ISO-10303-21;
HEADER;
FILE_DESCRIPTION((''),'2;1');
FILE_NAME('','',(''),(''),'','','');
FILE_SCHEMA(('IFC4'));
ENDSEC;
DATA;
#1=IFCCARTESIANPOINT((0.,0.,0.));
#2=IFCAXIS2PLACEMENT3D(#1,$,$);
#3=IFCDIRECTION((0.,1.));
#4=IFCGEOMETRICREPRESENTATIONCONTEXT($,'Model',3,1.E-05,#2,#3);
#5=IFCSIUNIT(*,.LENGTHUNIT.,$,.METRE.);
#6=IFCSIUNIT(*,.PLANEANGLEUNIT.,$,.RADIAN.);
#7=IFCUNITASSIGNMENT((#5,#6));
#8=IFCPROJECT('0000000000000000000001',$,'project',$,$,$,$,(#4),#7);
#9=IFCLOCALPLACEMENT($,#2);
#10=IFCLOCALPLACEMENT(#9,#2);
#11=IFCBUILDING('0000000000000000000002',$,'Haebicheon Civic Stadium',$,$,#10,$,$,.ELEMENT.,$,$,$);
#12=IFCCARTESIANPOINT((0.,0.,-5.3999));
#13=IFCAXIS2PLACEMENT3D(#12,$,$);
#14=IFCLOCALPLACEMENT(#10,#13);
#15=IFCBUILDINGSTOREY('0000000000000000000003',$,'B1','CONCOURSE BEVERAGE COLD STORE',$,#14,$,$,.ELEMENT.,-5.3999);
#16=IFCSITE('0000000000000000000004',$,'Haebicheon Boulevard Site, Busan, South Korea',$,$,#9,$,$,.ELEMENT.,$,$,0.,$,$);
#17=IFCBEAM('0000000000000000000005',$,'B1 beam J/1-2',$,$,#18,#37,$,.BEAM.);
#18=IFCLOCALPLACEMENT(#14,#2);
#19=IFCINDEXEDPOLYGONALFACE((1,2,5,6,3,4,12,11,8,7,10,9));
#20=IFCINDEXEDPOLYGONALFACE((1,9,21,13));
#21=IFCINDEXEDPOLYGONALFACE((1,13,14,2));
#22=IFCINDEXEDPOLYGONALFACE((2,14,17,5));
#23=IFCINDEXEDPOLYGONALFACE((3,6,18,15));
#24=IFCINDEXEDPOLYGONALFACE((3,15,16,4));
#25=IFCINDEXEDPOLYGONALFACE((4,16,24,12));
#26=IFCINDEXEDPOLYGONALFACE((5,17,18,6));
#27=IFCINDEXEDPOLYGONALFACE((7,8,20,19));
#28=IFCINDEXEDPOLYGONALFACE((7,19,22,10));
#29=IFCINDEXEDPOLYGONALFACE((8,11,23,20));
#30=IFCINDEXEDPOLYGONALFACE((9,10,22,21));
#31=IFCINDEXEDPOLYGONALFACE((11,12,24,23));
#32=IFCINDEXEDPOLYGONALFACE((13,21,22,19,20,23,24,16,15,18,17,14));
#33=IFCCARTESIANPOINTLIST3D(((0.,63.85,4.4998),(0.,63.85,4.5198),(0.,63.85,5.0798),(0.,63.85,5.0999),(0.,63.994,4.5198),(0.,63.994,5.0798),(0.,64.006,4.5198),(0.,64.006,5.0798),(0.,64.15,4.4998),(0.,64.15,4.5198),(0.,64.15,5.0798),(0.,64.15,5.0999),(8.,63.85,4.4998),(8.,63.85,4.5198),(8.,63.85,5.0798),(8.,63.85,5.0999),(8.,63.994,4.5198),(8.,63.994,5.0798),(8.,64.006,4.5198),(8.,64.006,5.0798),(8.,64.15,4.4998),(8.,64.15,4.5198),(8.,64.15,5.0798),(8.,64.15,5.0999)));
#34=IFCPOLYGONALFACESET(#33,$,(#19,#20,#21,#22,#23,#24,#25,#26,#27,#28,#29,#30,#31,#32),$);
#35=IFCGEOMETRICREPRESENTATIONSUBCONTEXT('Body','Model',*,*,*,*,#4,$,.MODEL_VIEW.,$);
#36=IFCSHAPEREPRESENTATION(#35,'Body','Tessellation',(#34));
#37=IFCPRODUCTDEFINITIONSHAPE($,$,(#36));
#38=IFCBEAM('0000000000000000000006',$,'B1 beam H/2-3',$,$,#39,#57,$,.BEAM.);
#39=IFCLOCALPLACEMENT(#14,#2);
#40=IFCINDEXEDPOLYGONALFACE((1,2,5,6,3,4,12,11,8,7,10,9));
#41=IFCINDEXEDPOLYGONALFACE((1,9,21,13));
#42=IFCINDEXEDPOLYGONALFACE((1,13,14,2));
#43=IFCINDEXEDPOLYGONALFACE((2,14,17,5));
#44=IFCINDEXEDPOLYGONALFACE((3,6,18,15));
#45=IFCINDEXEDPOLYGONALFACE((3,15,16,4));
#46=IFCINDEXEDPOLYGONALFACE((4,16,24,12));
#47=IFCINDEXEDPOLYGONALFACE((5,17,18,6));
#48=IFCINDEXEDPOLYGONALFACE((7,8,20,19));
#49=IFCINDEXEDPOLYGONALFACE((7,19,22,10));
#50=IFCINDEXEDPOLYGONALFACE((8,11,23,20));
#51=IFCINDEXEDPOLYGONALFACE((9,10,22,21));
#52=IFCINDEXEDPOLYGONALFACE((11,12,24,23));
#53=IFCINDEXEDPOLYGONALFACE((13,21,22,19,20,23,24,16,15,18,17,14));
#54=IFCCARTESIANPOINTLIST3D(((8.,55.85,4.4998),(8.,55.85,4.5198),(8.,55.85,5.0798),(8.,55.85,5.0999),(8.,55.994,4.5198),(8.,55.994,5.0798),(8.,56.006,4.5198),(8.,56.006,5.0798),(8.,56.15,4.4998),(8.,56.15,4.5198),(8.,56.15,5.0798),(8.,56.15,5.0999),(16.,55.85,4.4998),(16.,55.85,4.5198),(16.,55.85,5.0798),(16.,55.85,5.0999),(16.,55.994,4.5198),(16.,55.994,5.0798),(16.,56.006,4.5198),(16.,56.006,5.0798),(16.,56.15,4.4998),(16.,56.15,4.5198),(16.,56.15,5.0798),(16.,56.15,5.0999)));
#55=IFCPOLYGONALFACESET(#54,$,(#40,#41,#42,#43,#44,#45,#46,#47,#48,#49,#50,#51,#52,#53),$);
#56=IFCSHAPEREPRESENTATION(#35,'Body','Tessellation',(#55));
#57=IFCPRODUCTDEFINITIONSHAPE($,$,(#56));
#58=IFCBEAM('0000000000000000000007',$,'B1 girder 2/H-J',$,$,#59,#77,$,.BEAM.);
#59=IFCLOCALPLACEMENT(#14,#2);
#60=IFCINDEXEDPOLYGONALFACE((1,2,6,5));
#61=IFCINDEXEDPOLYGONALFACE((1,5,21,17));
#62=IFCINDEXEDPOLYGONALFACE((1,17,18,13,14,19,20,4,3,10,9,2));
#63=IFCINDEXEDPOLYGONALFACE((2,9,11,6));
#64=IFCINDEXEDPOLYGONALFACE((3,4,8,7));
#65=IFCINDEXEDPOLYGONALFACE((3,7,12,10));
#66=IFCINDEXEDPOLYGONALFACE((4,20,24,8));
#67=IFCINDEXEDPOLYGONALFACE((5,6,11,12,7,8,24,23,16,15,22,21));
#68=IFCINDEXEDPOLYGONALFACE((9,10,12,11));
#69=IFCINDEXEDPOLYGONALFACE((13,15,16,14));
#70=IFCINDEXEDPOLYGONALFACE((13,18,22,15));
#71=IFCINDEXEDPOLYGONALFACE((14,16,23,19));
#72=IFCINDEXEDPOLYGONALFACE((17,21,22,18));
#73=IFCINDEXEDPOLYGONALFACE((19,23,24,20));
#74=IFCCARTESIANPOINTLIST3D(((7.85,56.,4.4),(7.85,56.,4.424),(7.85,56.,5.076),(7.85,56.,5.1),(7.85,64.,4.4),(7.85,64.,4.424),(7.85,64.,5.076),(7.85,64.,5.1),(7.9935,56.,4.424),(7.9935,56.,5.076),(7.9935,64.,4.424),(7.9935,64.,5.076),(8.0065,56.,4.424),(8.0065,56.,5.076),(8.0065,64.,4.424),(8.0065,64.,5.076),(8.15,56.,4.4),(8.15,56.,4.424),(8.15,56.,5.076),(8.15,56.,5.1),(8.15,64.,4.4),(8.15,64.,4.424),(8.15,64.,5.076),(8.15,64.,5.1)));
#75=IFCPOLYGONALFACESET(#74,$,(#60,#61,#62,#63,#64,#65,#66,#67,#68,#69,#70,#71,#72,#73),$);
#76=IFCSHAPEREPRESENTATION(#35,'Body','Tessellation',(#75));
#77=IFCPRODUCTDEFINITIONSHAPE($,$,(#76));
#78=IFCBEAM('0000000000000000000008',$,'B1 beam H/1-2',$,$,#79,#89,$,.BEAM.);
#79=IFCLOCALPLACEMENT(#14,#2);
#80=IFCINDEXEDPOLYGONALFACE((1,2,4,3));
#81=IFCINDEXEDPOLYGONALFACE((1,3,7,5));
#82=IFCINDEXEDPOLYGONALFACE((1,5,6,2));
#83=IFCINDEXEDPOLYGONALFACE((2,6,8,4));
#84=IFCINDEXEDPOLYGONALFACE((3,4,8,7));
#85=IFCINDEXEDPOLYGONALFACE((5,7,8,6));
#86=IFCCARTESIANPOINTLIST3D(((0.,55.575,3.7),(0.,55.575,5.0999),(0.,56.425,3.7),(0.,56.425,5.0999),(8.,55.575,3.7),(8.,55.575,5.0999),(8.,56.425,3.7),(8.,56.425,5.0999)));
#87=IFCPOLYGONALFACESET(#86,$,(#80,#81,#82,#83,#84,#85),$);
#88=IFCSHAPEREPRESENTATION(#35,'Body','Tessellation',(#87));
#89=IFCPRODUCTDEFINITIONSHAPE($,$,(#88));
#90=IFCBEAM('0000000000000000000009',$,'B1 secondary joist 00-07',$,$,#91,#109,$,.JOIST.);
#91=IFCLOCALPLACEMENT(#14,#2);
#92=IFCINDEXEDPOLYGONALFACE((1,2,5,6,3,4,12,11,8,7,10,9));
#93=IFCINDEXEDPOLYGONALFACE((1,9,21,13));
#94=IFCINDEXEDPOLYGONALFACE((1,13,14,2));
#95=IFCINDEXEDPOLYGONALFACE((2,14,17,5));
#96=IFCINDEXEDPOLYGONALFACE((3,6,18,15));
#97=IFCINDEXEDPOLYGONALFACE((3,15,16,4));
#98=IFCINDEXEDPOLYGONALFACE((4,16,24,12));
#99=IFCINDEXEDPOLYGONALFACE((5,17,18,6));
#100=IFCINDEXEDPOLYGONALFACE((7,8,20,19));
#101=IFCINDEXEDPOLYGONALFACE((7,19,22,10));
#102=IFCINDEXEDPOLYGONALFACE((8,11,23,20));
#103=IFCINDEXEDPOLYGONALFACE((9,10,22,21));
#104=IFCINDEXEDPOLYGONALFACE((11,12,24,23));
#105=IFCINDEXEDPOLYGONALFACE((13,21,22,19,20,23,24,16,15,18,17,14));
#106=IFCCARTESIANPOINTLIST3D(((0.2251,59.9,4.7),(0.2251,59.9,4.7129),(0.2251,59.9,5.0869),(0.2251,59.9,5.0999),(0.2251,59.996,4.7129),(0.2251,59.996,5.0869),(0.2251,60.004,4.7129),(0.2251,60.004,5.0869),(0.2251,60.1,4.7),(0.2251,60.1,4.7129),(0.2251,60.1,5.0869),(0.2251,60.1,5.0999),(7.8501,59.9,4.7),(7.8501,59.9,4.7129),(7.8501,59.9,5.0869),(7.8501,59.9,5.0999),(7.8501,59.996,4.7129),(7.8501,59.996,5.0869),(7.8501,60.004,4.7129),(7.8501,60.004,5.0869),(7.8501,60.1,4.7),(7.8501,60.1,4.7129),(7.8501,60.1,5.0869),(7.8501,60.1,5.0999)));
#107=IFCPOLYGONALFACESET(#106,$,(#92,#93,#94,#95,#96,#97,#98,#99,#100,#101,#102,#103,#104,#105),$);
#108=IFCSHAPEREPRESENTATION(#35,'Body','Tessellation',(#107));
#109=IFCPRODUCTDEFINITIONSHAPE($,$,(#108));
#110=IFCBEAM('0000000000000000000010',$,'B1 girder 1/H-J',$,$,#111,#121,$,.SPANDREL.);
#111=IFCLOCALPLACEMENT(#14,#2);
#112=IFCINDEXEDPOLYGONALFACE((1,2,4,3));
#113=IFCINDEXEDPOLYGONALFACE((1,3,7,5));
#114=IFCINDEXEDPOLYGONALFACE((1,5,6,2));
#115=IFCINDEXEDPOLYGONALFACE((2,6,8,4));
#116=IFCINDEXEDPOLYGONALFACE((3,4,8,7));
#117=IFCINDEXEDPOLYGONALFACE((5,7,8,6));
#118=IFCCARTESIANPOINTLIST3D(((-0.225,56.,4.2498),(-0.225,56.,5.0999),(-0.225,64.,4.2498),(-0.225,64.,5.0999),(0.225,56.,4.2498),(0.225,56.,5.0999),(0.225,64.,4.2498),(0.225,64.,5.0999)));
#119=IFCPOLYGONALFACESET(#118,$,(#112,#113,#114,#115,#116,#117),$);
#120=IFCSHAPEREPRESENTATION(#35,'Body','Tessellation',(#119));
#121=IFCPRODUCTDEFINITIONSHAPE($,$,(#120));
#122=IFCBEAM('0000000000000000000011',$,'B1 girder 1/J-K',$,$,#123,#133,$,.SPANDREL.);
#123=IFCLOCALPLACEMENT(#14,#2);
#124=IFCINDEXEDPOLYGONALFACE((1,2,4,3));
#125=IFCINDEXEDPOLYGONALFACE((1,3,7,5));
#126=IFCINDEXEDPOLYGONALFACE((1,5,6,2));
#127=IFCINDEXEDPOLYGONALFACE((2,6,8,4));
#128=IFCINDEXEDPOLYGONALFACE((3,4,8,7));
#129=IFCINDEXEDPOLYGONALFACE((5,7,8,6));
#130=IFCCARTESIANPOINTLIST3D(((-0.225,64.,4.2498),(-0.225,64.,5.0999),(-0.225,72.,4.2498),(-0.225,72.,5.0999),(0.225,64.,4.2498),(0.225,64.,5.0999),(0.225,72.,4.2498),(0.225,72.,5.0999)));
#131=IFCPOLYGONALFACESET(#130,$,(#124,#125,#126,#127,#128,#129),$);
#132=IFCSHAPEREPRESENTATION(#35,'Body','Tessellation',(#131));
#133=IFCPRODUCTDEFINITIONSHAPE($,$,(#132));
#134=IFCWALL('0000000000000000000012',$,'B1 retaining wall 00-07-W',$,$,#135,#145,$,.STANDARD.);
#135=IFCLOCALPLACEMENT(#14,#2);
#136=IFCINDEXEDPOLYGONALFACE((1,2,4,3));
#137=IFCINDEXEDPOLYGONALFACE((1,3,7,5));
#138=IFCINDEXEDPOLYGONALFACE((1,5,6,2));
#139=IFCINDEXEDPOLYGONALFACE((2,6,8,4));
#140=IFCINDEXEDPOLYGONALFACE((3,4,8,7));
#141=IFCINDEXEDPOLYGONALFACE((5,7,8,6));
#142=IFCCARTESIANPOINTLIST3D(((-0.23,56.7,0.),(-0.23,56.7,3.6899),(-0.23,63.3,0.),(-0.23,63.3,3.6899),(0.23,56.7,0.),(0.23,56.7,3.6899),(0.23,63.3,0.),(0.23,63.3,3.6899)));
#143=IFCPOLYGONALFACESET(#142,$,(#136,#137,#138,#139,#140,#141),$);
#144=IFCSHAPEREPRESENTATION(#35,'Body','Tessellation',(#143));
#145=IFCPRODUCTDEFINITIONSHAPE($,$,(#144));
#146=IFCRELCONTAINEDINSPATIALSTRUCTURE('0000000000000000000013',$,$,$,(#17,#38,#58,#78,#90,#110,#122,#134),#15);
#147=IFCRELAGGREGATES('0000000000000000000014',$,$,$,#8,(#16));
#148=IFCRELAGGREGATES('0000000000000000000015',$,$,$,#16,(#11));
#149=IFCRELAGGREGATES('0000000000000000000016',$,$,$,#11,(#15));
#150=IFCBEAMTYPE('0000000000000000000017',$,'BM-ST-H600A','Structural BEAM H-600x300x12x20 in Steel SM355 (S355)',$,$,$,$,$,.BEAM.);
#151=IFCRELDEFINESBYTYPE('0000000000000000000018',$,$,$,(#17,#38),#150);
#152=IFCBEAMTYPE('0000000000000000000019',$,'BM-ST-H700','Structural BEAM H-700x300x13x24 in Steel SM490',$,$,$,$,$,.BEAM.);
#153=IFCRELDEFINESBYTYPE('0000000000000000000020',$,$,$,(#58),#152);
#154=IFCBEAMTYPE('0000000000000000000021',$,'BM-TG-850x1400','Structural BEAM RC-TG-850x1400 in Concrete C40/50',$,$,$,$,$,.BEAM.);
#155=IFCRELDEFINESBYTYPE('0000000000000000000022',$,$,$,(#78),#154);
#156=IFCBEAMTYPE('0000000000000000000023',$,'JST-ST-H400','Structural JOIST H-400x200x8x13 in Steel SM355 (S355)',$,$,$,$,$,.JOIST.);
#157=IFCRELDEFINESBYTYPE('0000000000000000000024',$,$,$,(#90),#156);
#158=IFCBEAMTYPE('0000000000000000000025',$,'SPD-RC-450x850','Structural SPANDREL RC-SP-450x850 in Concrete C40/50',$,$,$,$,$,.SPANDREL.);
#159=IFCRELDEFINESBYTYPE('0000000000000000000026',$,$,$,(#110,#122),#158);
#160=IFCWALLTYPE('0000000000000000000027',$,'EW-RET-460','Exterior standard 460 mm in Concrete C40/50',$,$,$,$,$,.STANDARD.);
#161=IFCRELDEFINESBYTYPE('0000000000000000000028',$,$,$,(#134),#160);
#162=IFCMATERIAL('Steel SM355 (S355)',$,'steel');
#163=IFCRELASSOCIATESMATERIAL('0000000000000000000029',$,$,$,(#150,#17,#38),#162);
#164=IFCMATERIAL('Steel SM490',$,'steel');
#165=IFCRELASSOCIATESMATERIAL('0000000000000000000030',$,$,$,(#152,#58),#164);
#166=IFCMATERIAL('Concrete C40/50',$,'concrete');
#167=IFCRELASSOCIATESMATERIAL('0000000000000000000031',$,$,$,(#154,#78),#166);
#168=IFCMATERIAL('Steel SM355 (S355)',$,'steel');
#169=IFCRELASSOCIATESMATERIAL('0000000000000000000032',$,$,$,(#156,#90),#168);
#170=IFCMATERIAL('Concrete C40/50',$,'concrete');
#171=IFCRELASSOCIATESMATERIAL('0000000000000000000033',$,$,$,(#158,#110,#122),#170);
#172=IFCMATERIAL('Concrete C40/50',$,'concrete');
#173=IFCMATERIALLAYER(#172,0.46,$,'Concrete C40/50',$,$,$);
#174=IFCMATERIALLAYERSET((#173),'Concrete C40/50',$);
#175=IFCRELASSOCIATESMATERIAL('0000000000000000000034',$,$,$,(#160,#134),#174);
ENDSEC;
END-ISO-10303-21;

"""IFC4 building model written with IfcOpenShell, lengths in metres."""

from ifc_helpers import new_model, si_unit, direction, frame, frame_2d, origin, origin_2d, place, context, subcontext, project, spatial, rectangle, i_section, extrude, material, layer, layer_set, material_profile, profile_set, type_object, element, save


model = new_model("IFC4")

# Units and contexts
model_context = context("Model", 3, precision=1e-05, world=origin(), true_north=direction((0.0, 1.0)))
body_context = subcontext(model_context, "Body", "Model", "MODEL_VIEW")
ifc_project = project(units=[si_unit("LENGTHUNIT", "METRE"), si_unit("PLANEANGLEUNIT", "RADIAN")], contexts=[model_context])

# Site, building, storey
site_placement = place(None, origin())
site = spatial("IfcSite", under=ifc_project, at=site_placement, Name="Haebicheon Boulevard Site, Busan, South Korea", CompositionType="ELEMENT", RefElevation=0.0)
building_placement = place(site_placement, origin())
building = spatial("IfcBuilding", under=site, at=building_placement, Name="Haebicheon Civic Stadium", CompositionType="ELEMENT")
storey_placement = place(building_placement, frame((0.0, 0.0, -5.3999)))
storey = spatial("IfcBuildingStorey", under=building, at=storey_placement, Name="B1", Description="CONCOURSE BEVERAGE COLD STORE", CompositionType="ELEMENT", Elevation=-5.3999)

# Beams
ifc_material_1 = material(Name="Steel SM355 (S355)", Category="steel")
ifc_material_profile_1 = material_profile(ifc_material_1, i_section(OverallWidth=0.3, OverallDepth=0.6001, WebThickness=0.012, FlangeThickness=0.02, at=origin_2d()), Name="H-600x300x12x20")
ifc_profile_set_1 = profile_set([ifc_material_profile_1], Name="Steel SM355 (S355)")
beam_type_1 = type_object("IfcBeamType", Name="BM-ST-H600A", Description="Structural BEAM H-600x300x12x20 in Steel SM355 (S355)", PredefinedType="BEAM", material=ifc_profile_set_1)
for number, where, z_axis, x_axis, name in (
    (1, (0.0, 64.0, 4.7998), (1.0, 0.0, 0.0), (0.0, 1.0, 0.0), "B1 beam J/1-2"),
    (2, (8.0, 56.0, 4.7998), (1.0, 0.0, 0.0), (0.0, 1.0, 0.0), "B1 beam H/2-3"),
):
    element("IfcBeam", number, at=place(storey_placement, frame(where, z_axis=z_axis, x_axis=x_axis)), inside=storey, type_object=beam_type_1, material=ifc_profile_set_1, Name=name, PredefinedType="BEAM", context=body_context, shape_type="SweptSolid", body=[
        extrude(i_section(OverallWidth=0.3, OverallDepth=0.6001, WebThickness=0.012, FlangeThickness=0.02, at=origin_2d()), origin(), (0.0, 0.0, 1.0), 8.0),
    ])
ifc_material_2 = material(Name="Steel SM490", Category="steel")
ifc_material_profile_2 = material_profile(ifc_material_2, i_section(OverallWidth=0.3, OverallDepth=0.7, WebThickness=0.0129, FlangeThickness=0.0239, at=origin_2d()), Name="H-700x300x13x24")
ifc_profile_set_2 = profile_set([ifc_material_profile_2], Name="Steel SM490")
beam_type_2 = type_object("IfcBeamType", Name="BM-ST-H700", Description="Structural BEAM H-700x300x13x24 in Steel SM490", PredefinedType="BEAM", material=ifc_profile_set_2)
beam_1_placement = place(storey_placement, frame((8.0, 56.0, 4.75), z_axis=(0.0, 1.0, 0.0), x_axis=(-1.0, 0.0, 0.0)))
element("IfcBeam", 3, at=beam_1_placement, inside=storey, type_object=beam_type_2, material=ifc_profile_set_2, Name="B1 girder 2/H-J", PredefinedType="BEAM", context=body_context, shape_type="SweptSolid", body=[
    extrude(i_section(OverallWidth=0.3, OverallDepth=0.7, WebThickness=0.0129, FlangeThickness=0.0239, at=origin_2d()), origin(), (0.0, 0.0, 1.0), 8.0),
])
ifc_material_3 = material(Name="Concrete C40/50", Category="concrete")
ifc_material_profile_3 = material_profile(ifc_material_3, rectangle(XDim=0.8501, YDim=1.3999, at=origin_2d()), Name="RC-TG-850x1400")
ifc_profile_set_3 = profile_set([ifc_material_profile_3], Name="Concrete C40/50")
beam_type_3 = type_object("IfcBeamType", Name="BM-TG-850x1400", Description="Structural BEAM RC-TG-850x1400 in Concrete C40/50", PredefinedType="BEAM", material=ifc_profile_set_3)
beam_2_placement = place(storey_placement, frame((0.0, 56.0, 4.3999), z_axis=(1.0, 0.0, 0.0), x_axis=(0.0, 1.0, 0.0)))
element("IfcBeam", 4, at=beam_2_placement, inside=storey, type_object=beam_type_3, material=ifc_profile_set_3, Name="B1 beam H/1-2", PredefinedType="BEAM", context=body_context, shape_type="SweptSolid", body=[
    extrude(rectangle(XDim=0.8501, YDim=1.3999, at=origin_2d()), origin(), (0.0, 0.0, 1.0), 8.0),
])
ifc_material_4 = material(Name="Steel SM355 (S355)", Category="steel")
ifc_material_profile_4 = material_profile(ifc_material_4, i_section(OverallWidth=0.2, OverallDepth=0.3999, WebThickness=0.0081, FlangeThickness=0.0129, at=origin_2d()), Name="H-400x200x8x13")
ifc_profile_set_4 = profile_set([ifc_material_profile_4], Name="Steel SM355 (S355)")
beam_type_4 = type_object("IfcBeamType", Name="JST-ST-H400", Description="Structural JOIST H-400x200x8x13 in Steel SM355 (S355)", PredefinedType="JOIST", material=ifc_profile_set_4)
beam_3_placement = place(storey_placement, frame((0.2251, 60.0, 4.8999), z_axis=(1.0, 0.0, 0.0), x_axis=(0.0, 1.0, 0.0)))
element("IfcBeam", 5, at=beam_3_placement, inside=storey, type_object=beam_type_4, material=ifc_profile_set_4, Name="B1 secondary joist 00-07", PredefinedType="JOIST", context=body_context, shape_type="SweptSolid", body=[
    extrude(i_section(OverallWidth=0.2, OverallDepth=0.3999, WebThickness=0.0081, FlangeThickness=0.0129, at=origin_2d()), origin(), (0.0, 0.0, 1.0), 7.625),
])
ifc_material_5 = material(Name="Concrete C40/50", Category="concrete")
ifc_material_profile_5 = material_profile(ifc_material_5, rectangle(XDim=0.45, YDim=0.8501, at=origin_2d()), Name="RC-SP-450x850")
ifc_profile_set_5 = profile_set([ifc_material_profile_5], Name="Concrete C40/50")
beam_type_5 = type_object("IfcBeamType", Name="SPD-RC-450x850", Description="Structural SPANDREL RC-SP-450x850 in Concrete C40/50", PredefinedType="SPANDREL", material=ifc_profile_set_5)
for number, where, z_axis, x_axis, name in (
    (6, (0.0, 56.0, 4.6748), (0.0, 1.0, 0.0), (-1.0, 0.0, 0.0), "B1 girder 1/H-J"),
    (7, (0.0, 64.0, 4.6748), (0.0, 1.0, 0.0), (-1.0, 0.0, 0.0), "B1 girder 1/J-K"),
):
    element("IfcBeam", number, at=place(storey_placement, frame(where, z_axis=z_axis, x_axis=x_axis)), inside=storey, type_object=beam_type_5, material=ifc_profile_set_5, Name=name, PredefinedType="SPANDREL", context=body_context, shape_type="SweptSolid", body=[
        extrude(rectangle(XDim=0.45, YDim=0.8501, at=origin_2d()), origin(), (0.0, 0.0, 1.0), 8.0),
    ])

# Wall
ifc_material_6 = material(Name="Concrete C40/50", Category="concrete")
ifc_layer_1 = layer(ifc_material_6, 0.46, Name="Concrete C40/50")
ifc_layer_set_1 = layer_set([ifc_layer_1], Name="Concrete C40/50")
wall_type = type_object("IfcWallType", Name="EW-RET-460", Description="Exterior standard 460 mm in Concrete C40/50", PredefinedType="STANDARD", material=ifc_layer_set_1)
wall_placement = place(storey_placement, frame((0.0, 56.7, 0.0), z_axis=(0.0, 0.0, 1.0), x_axis=(0.0, 1.0, 0.0)))
element("IfcWall", 8, at=wall_placement, inside=storey, type_object=wall_type, material=ifc_layer_set_1, Name="B1 retaining wall 00-07-W", PredefinedType="STANDARD", context=body_context, shape_type="SweptSolid", body=[
    extrude(rectangle(XDim=6.6001, YDim=0.46, at=frame_2d((3.3, 0.0))), origin(), (0.0, 0.0, 1.0), 3.6899),
])

save(model, "model.ifc")
